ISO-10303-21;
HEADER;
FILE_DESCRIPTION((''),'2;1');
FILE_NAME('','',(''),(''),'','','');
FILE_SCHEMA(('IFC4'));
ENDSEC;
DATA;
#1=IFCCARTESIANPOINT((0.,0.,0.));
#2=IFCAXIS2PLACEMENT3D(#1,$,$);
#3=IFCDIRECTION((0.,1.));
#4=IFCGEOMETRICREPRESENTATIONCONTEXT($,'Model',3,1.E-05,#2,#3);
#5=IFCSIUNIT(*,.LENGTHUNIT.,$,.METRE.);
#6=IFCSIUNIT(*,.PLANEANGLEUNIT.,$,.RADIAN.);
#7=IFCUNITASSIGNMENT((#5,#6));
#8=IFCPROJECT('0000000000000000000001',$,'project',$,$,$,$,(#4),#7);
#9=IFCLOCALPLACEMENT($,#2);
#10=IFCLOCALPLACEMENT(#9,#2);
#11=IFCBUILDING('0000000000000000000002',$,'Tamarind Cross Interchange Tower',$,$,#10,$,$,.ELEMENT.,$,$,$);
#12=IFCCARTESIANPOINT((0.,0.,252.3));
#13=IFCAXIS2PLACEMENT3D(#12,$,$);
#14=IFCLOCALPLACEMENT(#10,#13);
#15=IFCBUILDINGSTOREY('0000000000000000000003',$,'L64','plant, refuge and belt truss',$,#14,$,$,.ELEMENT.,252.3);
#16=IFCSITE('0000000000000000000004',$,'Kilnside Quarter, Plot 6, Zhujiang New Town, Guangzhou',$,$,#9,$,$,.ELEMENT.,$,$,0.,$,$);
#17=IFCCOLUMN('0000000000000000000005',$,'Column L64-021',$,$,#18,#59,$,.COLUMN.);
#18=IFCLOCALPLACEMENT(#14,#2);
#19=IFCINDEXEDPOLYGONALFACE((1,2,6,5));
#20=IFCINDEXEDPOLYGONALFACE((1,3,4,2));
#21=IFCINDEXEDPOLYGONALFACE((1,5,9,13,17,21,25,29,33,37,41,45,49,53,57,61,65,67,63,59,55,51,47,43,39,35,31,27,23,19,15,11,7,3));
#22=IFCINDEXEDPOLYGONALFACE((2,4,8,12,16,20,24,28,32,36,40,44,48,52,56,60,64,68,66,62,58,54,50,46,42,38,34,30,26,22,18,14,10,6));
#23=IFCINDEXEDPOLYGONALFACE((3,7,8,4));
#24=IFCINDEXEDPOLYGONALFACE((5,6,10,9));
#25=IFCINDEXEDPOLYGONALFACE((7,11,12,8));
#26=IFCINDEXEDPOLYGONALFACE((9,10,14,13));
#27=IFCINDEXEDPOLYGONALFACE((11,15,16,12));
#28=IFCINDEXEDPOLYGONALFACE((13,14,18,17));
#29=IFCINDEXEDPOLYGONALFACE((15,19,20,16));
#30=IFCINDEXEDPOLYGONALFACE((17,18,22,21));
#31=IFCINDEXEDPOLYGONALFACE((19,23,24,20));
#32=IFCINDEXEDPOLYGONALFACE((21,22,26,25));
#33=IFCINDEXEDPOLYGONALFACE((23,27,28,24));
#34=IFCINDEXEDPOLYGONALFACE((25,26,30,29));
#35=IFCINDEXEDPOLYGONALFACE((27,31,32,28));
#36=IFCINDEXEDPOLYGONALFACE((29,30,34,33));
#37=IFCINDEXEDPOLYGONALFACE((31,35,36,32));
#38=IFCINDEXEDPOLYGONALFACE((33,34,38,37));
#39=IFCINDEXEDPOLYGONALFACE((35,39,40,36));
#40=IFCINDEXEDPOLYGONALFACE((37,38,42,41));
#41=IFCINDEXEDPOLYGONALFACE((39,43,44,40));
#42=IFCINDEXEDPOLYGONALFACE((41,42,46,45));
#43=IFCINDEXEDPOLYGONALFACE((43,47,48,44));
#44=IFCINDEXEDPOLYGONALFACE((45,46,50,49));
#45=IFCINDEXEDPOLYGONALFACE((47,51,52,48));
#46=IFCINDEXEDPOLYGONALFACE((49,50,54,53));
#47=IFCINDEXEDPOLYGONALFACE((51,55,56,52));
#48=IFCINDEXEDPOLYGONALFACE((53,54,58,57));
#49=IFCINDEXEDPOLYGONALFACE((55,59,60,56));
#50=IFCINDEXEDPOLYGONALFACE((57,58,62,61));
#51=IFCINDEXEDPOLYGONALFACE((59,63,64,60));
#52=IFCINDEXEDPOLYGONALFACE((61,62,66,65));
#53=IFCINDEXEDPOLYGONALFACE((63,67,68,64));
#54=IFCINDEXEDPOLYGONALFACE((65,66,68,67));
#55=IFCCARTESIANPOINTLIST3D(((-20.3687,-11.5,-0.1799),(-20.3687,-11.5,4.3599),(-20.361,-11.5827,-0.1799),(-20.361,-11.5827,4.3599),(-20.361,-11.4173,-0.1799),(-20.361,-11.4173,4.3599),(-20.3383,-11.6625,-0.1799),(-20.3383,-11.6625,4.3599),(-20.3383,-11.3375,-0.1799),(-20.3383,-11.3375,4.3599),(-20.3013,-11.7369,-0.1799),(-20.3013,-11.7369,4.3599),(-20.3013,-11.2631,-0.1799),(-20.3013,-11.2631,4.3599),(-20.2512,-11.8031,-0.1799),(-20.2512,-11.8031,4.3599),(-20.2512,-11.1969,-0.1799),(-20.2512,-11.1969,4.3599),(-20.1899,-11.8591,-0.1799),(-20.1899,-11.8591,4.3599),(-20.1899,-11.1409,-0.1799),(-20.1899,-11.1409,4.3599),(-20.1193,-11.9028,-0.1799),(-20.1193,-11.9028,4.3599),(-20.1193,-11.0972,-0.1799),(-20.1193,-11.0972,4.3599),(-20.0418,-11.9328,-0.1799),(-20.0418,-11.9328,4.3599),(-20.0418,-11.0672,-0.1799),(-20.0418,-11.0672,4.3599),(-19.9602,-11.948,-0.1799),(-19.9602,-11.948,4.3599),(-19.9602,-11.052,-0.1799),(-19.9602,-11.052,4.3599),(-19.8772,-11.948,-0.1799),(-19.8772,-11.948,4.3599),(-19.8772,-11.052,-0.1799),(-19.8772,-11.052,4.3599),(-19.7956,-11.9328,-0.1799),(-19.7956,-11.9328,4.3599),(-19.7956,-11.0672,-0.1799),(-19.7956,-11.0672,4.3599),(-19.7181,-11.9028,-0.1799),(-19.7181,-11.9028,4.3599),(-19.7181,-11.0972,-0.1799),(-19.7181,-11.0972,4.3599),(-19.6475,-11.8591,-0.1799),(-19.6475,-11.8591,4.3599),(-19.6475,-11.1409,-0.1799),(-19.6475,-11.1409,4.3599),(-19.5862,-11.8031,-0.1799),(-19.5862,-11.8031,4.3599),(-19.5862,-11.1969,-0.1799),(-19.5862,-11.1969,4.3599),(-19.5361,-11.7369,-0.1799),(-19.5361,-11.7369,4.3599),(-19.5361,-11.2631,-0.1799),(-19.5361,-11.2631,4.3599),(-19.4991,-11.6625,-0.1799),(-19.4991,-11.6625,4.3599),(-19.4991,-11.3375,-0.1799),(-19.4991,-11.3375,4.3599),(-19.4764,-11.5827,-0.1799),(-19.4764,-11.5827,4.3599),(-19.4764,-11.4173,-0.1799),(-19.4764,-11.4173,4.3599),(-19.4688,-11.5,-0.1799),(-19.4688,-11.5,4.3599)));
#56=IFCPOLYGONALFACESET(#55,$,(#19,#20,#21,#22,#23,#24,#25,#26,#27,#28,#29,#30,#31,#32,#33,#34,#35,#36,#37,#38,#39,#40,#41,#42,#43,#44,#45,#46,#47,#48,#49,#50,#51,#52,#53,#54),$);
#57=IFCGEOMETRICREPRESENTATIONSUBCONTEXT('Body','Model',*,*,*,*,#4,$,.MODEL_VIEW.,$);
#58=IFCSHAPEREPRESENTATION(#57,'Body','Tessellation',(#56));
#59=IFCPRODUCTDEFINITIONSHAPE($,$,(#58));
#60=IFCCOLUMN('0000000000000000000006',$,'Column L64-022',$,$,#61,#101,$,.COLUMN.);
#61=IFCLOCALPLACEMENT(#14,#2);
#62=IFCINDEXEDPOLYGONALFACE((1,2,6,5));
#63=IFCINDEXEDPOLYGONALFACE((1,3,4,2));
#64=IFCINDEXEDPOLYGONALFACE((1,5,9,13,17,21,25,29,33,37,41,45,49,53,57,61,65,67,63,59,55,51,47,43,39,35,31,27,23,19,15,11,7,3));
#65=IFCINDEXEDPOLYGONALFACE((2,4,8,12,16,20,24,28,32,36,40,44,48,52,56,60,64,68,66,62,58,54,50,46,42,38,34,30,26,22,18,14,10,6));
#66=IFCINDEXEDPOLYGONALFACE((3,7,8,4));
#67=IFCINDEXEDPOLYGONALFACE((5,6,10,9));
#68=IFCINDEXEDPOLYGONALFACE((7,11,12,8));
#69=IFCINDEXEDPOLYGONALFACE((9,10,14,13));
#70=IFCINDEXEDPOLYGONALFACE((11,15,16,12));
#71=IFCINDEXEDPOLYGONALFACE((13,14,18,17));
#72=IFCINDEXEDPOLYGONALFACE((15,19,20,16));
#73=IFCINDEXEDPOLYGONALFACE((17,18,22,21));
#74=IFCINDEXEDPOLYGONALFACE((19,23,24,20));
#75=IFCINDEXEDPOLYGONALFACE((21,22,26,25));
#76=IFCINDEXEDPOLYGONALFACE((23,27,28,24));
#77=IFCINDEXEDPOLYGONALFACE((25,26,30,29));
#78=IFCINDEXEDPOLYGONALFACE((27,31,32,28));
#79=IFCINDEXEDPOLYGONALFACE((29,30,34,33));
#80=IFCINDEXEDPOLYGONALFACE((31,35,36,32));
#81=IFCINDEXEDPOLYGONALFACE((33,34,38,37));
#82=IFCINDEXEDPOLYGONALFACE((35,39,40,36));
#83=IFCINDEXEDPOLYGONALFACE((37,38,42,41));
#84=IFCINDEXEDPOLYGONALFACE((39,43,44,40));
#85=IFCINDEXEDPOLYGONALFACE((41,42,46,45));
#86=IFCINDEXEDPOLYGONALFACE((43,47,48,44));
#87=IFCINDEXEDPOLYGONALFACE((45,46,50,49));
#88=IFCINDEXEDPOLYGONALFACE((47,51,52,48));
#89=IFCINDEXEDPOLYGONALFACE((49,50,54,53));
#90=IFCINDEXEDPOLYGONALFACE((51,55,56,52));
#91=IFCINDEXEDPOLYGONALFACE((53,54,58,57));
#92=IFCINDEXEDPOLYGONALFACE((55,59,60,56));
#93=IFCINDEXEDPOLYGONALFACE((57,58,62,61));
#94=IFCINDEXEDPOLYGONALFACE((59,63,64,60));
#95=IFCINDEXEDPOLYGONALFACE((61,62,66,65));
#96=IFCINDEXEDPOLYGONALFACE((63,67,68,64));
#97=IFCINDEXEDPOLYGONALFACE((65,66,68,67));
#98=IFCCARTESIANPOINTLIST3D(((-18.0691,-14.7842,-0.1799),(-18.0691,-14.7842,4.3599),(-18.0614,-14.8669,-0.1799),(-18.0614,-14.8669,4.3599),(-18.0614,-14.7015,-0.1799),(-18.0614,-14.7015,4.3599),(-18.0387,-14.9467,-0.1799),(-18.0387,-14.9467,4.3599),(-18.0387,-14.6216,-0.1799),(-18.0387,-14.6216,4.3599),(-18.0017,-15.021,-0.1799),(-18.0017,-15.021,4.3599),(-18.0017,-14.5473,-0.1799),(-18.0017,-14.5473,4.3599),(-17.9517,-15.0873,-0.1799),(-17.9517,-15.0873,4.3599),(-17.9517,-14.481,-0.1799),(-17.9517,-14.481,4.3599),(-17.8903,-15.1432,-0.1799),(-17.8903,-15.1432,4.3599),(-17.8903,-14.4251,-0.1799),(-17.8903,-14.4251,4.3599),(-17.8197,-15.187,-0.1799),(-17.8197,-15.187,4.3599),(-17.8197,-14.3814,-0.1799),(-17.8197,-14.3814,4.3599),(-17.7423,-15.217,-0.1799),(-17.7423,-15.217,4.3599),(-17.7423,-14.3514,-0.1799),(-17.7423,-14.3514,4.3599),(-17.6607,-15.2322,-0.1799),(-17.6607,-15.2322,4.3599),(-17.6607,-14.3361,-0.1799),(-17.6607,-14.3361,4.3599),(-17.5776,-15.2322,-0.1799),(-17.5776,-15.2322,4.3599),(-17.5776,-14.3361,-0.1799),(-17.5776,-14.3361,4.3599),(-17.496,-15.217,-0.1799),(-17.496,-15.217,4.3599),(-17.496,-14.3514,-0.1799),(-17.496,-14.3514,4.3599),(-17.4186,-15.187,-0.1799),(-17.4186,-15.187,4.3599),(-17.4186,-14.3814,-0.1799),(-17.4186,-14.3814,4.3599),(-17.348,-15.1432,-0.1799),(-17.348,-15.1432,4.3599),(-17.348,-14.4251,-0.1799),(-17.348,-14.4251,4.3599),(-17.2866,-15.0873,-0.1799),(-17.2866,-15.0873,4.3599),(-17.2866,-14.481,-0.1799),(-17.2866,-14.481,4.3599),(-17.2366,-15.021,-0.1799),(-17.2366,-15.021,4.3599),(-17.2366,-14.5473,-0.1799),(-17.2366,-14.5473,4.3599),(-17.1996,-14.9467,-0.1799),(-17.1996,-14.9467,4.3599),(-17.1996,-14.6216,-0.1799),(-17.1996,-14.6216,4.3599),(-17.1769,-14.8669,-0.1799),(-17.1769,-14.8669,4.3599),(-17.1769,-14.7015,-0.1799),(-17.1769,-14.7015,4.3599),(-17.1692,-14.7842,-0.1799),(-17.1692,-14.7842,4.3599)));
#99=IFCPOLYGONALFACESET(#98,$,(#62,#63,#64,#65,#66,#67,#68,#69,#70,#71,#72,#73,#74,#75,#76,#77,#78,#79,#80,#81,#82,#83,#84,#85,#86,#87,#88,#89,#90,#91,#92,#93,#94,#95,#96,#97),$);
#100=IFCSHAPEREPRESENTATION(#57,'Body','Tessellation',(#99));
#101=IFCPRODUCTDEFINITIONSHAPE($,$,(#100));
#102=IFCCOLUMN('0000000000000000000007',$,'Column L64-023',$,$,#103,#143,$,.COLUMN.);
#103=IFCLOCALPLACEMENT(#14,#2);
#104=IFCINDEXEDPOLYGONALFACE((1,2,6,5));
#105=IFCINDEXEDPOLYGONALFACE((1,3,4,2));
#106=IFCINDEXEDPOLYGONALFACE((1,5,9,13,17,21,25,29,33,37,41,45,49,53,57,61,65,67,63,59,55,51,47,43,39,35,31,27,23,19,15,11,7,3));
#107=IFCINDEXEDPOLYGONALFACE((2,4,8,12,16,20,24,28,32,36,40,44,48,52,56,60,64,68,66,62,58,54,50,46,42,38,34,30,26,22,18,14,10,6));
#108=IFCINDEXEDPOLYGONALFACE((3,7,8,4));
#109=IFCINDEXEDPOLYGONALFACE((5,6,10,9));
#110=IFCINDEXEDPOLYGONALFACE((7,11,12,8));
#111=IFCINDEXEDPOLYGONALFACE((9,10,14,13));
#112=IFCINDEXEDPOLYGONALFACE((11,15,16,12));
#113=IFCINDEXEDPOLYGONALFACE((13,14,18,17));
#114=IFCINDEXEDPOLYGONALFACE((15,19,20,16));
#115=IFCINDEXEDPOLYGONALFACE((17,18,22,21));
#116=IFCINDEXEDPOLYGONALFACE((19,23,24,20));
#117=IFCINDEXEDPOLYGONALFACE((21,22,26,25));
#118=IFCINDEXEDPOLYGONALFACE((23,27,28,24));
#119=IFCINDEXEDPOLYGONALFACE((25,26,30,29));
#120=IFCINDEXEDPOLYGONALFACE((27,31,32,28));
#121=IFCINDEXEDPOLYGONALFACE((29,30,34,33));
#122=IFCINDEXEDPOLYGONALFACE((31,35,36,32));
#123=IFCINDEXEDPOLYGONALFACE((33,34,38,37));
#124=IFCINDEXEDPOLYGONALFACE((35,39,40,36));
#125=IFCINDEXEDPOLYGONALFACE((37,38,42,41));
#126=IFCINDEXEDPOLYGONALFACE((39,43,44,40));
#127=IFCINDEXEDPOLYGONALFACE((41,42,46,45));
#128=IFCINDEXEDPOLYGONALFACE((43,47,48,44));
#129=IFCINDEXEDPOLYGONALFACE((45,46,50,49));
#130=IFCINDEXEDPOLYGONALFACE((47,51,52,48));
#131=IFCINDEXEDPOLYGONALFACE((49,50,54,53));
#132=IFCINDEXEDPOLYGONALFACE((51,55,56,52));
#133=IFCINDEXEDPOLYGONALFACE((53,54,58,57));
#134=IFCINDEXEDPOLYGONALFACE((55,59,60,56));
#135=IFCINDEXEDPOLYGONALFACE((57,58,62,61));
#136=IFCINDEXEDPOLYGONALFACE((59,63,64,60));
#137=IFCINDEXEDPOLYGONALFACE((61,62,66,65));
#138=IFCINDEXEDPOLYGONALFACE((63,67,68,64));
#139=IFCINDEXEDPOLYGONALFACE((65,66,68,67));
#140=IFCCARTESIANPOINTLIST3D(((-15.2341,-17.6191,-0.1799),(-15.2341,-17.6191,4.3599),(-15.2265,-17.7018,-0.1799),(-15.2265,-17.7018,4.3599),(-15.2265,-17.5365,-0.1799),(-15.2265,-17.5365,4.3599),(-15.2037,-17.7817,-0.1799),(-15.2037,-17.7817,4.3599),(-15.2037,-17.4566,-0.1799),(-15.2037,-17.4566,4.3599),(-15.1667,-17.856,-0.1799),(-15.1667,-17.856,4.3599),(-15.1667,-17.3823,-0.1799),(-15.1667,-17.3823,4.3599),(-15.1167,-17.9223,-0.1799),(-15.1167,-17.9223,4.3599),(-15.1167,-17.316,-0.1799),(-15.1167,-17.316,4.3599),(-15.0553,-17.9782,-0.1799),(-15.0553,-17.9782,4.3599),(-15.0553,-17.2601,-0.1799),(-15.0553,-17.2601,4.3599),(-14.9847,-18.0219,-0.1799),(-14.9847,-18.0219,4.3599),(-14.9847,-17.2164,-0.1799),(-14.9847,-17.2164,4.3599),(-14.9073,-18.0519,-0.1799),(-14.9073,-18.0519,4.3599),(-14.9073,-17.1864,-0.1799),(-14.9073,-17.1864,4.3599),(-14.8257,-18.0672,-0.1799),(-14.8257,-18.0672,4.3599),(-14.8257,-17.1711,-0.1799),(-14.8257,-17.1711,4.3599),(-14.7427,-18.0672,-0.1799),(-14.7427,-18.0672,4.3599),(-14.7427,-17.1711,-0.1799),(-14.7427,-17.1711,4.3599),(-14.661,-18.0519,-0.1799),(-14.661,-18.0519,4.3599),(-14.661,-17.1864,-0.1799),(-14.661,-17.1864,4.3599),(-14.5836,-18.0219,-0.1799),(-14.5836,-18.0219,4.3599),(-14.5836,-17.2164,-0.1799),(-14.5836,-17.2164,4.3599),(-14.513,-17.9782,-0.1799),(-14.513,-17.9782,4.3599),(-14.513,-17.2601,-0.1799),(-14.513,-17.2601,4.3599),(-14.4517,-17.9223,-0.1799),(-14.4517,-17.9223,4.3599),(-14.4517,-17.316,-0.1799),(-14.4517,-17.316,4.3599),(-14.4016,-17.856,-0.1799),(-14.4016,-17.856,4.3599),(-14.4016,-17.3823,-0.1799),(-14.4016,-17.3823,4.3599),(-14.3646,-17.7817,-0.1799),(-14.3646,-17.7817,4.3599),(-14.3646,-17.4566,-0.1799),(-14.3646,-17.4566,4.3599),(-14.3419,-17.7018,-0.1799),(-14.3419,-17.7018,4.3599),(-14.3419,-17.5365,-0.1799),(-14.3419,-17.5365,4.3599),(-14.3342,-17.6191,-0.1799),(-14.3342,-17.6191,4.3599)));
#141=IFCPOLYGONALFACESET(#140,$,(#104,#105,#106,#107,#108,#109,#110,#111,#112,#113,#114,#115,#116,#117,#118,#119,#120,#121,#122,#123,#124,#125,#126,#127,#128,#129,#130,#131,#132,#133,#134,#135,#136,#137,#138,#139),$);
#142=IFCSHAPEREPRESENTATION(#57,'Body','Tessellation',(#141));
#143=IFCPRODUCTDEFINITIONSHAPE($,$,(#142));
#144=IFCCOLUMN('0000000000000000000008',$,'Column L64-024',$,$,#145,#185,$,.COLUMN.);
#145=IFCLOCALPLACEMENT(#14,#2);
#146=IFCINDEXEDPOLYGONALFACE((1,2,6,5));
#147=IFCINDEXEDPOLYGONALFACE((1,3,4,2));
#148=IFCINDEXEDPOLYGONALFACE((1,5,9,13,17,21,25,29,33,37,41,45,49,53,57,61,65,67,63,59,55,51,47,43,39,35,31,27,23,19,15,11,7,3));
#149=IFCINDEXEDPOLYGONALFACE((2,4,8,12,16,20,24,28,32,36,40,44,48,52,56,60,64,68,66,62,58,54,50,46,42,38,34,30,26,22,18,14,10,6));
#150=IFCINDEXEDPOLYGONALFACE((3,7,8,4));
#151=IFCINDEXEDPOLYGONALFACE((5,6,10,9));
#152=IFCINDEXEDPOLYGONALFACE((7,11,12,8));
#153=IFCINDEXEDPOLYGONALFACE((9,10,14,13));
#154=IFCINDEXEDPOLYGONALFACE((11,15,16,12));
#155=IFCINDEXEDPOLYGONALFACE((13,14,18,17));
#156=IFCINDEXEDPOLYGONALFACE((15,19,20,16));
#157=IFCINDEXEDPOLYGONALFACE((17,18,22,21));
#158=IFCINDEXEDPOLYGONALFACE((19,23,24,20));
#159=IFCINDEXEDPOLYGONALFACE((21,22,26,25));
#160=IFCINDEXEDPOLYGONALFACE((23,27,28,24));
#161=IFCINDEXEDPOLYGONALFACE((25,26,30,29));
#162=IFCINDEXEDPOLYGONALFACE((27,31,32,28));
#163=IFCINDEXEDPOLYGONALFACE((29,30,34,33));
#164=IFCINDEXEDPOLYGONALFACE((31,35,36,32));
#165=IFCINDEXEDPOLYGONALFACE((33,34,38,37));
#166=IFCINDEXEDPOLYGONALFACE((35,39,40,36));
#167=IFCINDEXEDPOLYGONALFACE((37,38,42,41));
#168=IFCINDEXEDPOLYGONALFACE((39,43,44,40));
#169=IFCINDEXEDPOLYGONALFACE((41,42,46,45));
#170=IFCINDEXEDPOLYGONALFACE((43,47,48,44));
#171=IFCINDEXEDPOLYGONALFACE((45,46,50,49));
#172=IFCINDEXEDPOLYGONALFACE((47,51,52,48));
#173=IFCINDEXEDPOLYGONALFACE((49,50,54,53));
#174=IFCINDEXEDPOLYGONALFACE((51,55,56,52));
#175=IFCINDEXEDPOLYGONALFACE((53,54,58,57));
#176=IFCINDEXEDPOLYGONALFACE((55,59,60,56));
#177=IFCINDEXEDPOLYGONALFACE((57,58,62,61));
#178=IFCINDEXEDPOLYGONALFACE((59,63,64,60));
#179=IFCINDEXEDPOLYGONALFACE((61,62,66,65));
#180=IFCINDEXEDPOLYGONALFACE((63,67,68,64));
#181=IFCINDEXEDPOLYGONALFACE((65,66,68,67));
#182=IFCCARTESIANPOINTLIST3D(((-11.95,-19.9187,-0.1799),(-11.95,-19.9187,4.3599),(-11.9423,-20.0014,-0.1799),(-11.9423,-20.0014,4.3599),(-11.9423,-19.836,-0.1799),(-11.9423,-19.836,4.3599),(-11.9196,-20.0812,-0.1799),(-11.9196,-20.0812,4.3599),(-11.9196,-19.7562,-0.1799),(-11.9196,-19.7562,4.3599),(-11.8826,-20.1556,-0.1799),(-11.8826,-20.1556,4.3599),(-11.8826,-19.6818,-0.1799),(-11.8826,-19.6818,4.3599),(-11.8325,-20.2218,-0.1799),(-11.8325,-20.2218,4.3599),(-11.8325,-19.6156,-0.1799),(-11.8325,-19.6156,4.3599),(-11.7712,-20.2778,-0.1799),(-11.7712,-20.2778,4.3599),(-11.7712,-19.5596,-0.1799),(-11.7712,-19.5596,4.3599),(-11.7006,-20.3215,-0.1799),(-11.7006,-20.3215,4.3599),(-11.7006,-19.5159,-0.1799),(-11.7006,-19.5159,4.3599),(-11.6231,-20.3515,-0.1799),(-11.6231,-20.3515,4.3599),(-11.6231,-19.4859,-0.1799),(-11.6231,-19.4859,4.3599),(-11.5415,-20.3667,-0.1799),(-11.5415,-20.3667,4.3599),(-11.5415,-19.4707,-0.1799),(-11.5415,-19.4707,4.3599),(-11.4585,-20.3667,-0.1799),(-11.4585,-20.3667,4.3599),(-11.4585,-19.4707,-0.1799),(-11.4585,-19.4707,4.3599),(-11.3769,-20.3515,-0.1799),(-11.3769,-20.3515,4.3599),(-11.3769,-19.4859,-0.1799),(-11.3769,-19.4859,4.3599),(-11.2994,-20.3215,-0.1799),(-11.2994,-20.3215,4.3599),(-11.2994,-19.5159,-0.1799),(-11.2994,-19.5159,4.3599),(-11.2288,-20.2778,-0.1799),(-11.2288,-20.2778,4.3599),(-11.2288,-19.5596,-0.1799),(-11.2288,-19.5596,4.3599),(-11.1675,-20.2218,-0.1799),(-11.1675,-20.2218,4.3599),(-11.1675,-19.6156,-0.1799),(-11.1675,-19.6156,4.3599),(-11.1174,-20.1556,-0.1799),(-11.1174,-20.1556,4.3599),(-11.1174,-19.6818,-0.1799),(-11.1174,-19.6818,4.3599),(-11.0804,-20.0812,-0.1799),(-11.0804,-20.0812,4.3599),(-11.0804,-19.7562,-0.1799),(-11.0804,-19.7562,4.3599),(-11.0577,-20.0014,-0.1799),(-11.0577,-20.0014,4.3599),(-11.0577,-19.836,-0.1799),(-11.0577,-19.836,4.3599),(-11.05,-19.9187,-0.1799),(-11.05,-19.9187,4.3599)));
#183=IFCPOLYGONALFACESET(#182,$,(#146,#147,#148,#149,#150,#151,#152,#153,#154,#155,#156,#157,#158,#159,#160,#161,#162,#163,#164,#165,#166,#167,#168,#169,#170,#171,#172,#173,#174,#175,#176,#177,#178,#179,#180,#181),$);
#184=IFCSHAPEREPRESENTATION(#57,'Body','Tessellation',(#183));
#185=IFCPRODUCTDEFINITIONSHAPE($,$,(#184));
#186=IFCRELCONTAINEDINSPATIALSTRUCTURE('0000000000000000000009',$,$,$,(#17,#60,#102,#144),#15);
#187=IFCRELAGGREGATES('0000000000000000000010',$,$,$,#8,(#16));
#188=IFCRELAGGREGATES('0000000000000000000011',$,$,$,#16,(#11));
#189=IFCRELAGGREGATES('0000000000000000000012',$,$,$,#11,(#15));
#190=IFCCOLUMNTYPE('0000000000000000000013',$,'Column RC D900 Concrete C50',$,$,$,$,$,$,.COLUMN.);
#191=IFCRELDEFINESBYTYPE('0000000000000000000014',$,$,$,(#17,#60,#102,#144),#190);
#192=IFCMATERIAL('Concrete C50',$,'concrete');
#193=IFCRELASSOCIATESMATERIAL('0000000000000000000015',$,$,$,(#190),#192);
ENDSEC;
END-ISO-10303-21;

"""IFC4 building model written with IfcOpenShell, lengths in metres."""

from ifc_helpers import new_model, si_unit, direction, frame, origin, origin_2d, place, context, subcontext, project, spatial, circle, extrude, material, material_profile, profile_set, type_object, element, save


model = new_model("IFC4")

# Units and contexts
model_context = context("Model", 3, precision=1e-05, world=origin(), true_north=direction((0.0, 1.0)))
body_context = subcontext(model_context, "Body", "Model", "MODEL_VIEW")
ifc_project = project(units=[si_unit("LENGTHUNIT", "METRE"), si_unit("PLANEANGLEUNIT", "RADIAN")], contexts=[model_context])

# Site, building, storey
site_placement = place(None, origin())
site = spatial("IfcSite", under=ifc_project, at=site_placement, Name="Kilnside Quarter, Plot 6, Zhujiang New Town, Guangzhou", CompositionType="ELEMENT", RefElevation=0.0)
building_placement = place(site_placement, origin())
building = spatial("IfcBuilding", under=site, at=building_placement, Name="Tamarind Cross Interchange Tower", CompositionType="ELEMENT")
storey_placement = place(building_placement, frame((0.0, 0.0, 252.3)))
storey = spatial("IfcBuildingStorey", under=building, at=storey_placement, Name="L64", Description="plant, refuge and belt truss", CompositionType="ELEMENT", Elevation=252.3)

# Columns
ifc_material_1 = material(Name="Concrete C50", Category="concrete")
ifc_material_profile_1 = material_profile(ifc_material_1, circle(Radius=0.45, at=origin_2d()), Name="RC D900")
ifc_profile_set_1 = profile_set([ifc_material_profile_1], Name="Concrete C50")
column_type = type_object("IfcColumnType", Name="Column RC D900 Concrete C50", PredefinedType="COLUMN", material=ifc_profile_set_1)
for number, where, z_axis, x_axis, name in (
    (1, (-19.9187, -11.5, -0.1799), (0.0, 0.0, 1.0), (1.0, 0.0, 0.0), "Column L64-021"),
    (2, (-17.6191, -14.7842, -0.1799), (0.0, 0.0, 1.0), (1.0, 0.0, 0.0), "Column L64-022"),
    (3, (-14.7842, -17.6191, -0.1799), (0.0, 0.0, 1.0), (1.0, 0.0, 0.0), "Column L64-023"),
    (4, (-11.5, -19.9187, -0.1799), (0.0, 0.0, 1.0), (1.0, 0.0, 0.0), "Column L64-024"),
):
    element("IfcColumn", number, at=place(storey_placement, frame(where, z_axis=z_axis, x_axis=x_axis)), inside=storey, type_object=column_type, Name=name, PredefinedType="COLUMN", context=body_context, shape_type="SweptSolid", body=[
        extrude(circle(Radius=0.45, at=origin_2d()), origin(), (0.0, 0.0, 1.0), 4.5398),
    ])

save(model, "model.ifc")
